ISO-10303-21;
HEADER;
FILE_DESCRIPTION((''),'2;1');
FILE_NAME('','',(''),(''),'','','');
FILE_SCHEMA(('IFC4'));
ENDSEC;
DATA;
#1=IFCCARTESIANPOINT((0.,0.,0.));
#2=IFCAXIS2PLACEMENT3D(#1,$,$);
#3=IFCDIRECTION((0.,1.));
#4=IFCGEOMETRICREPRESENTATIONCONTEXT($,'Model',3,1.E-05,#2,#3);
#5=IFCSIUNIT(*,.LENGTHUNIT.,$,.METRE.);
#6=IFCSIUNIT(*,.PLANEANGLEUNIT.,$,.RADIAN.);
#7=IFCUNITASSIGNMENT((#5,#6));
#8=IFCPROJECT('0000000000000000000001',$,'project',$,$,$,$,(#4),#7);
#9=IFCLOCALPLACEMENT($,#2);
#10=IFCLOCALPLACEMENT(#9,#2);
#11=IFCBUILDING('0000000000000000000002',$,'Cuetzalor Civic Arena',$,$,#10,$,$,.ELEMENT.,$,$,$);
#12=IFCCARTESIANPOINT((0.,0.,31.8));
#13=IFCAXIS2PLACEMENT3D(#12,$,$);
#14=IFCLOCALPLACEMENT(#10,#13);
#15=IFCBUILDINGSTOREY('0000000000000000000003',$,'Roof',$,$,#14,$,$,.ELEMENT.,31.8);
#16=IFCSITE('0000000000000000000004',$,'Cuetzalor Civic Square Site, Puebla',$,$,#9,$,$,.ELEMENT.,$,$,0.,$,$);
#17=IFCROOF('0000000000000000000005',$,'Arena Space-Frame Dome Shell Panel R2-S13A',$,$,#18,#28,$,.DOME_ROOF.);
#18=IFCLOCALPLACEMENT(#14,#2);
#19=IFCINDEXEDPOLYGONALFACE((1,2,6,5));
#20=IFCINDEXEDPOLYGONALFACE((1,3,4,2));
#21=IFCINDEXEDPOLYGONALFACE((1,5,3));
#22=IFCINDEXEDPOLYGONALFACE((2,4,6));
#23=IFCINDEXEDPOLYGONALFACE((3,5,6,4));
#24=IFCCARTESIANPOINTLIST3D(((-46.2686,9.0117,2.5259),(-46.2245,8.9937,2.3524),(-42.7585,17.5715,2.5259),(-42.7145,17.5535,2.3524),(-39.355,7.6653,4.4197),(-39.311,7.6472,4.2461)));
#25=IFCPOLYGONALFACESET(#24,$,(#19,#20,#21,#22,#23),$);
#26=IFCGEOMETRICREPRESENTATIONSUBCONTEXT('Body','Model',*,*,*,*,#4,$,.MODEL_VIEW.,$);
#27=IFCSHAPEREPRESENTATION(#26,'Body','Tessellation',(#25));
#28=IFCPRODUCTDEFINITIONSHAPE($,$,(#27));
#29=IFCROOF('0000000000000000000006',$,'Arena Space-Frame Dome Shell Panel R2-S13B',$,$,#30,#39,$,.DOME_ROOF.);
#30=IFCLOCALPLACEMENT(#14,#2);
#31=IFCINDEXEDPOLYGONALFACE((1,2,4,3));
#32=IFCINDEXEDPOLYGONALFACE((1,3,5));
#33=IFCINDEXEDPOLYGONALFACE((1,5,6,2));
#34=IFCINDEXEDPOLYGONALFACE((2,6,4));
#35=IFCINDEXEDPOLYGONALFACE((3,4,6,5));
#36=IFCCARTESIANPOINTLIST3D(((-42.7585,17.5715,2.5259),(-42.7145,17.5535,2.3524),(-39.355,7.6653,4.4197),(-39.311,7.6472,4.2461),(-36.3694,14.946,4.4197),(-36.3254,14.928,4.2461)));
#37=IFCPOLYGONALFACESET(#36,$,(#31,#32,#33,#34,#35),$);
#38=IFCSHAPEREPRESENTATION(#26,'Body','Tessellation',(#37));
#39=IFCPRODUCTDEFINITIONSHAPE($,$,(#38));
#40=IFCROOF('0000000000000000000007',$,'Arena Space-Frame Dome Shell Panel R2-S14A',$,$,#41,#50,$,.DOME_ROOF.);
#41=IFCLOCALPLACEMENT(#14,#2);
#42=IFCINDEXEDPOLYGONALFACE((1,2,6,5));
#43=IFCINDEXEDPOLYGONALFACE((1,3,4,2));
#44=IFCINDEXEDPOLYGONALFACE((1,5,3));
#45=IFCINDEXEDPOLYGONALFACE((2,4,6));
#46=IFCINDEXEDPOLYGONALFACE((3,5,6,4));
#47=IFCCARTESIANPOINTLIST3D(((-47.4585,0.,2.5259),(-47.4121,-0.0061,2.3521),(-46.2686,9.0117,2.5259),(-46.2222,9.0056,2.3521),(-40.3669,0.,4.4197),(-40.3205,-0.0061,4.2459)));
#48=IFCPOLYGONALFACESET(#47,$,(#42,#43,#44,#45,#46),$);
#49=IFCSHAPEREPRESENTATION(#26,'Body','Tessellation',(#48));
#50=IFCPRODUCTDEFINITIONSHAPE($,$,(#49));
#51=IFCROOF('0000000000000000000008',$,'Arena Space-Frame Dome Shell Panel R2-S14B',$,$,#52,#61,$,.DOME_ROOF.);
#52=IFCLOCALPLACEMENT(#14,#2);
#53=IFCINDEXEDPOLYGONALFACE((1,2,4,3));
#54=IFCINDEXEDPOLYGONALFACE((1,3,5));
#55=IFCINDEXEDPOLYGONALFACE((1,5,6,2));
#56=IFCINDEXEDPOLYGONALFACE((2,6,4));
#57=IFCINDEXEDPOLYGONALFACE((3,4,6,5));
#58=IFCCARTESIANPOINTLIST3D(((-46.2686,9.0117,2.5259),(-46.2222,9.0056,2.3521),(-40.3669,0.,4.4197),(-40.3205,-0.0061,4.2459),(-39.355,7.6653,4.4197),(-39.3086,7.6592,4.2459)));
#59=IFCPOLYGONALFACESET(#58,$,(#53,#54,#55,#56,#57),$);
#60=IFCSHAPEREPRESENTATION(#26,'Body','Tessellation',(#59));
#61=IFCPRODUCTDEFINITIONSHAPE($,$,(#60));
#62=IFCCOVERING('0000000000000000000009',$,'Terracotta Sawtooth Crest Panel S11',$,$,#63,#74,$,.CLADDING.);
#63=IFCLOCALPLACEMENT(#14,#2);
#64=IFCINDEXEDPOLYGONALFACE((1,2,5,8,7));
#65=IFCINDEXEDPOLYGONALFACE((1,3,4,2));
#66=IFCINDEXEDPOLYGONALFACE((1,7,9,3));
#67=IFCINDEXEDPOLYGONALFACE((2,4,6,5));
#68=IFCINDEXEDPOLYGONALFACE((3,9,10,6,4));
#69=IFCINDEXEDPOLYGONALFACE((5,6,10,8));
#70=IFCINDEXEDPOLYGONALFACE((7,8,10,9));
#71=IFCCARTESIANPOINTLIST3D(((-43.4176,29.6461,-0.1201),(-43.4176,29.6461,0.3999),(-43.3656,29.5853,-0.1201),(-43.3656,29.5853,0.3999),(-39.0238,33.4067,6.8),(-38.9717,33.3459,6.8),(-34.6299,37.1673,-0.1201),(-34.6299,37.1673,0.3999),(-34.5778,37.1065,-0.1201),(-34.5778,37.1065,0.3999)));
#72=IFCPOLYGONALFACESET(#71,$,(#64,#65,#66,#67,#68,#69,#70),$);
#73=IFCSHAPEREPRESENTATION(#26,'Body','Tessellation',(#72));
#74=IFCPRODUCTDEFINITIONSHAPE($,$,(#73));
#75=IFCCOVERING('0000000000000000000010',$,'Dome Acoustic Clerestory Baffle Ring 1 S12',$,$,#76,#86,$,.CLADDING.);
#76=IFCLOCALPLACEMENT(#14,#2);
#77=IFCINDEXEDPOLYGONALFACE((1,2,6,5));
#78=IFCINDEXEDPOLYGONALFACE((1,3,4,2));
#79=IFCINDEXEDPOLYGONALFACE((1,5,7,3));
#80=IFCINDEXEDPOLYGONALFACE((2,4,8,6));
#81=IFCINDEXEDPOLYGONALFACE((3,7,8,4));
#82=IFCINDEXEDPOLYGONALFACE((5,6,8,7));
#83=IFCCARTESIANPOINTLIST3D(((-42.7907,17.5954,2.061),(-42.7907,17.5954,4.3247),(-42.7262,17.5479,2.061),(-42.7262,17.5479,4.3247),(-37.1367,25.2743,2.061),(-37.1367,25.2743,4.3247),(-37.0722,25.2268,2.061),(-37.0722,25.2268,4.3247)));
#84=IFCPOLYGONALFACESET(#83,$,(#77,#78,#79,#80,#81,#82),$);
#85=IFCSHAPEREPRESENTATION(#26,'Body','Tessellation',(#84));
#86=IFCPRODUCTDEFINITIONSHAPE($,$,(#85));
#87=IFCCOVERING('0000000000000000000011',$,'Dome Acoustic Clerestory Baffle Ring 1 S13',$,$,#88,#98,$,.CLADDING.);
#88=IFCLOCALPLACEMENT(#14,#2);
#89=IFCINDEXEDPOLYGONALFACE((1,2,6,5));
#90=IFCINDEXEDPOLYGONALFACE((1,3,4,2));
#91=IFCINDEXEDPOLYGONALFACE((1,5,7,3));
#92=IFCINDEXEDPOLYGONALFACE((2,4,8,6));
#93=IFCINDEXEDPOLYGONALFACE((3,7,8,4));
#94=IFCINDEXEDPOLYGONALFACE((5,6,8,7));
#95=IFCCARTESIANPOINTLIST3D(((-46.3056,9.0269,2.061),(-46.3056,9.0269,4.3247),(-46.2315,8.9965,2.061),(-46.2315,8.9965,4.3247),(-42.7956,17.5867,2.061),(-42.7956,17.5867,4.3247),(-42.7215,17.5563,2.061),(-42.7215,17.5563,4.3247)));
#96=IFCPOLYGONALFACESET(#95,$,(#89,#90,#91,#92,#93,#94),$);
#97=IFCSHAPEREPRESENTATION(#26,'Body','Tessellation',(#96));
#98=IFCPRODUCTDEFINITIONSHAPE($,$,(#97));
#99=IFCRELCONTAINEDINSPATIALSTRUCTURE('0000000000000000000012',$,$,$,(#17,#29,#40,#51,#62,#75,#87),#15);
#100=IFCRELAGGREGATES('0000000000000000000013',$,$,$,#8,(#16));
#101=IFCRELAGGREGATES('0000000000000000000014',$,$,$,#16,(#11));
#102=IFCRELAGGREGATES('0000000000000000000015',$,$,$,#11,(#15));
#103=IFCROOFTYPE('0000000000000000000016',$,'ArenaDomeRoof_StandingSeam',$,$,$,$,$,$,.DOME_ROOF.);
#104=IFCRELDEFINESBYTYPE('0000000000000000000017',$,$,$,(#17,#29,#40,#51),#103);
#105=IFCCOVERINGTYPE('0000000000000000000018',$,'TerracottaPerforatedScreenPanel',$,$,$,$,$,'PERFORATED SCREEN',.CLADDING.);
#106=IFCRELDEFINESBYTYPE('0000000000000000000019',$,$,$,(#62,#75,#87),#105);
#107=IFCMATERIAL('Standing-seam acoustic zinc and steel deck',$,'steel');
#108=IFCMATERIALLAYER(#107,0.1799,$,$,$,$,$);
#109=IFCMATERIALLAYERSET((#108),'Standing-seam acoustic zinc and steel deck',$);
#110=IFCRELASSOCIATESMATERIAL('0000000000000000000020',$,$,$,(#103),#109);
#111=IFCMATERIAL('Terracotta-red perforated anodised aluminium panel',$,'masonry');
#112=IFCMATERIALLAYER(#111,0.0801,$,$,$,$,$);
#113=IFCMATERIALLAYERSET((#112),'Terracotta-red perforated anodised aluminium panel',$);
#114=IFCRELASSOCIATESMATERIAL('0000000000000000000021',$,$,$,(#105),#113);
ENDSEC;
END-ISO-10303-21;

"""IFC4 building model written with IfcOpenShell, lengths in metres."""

from ifc_helpers import new_model, si_unit, direction, frame, frame_2d, origin, place, context, subcontext, project, spatial, polyline, rectangle, outline, extrude, material, layer, layer_set, type_object, element, save


model = new_model("IFC4")

# Units and contexts
model_context = context("Model", 3, precision=1e-05, world=origin(), true_north=direction((0.0, 1.0)))
body_context = subcontext(model_context, "Body", "Model", "MODEL_VIEW")
ifc_project = project(units=[si_unit("LENGTHUNIT", "METRE"), si_unit("PLANEANGLEUNIT", "RADIAN")], contexts=[model_context])

# Site, building, storey
site_placement = place(None, origin())
site = spatial("IfcSite", under=ifc_project, at=site_placement, Name="Cuetzalor Civic Square Site, Puebla", CompositionType="ELEMENT", RefElevation=0.0)
building_placement = place(site_placement, origin())
building = spatial("IfcBuilding", under=site, at=building_placement, Name="Cuetzalor Civic Arena", CompositionType="ELEMENT")
storey_placement = place(building_placement, frame((0.0, 0.0, 31.8)))
storey = spatial("IfcBuildingStorey", under=building, at=storey_placement, Name="Roof", CompositionType="ELEMENT", Elevation=31.8)

# Roofs
ifc_material_1 = material(Name="Standing-seam acoustic zinc and steel deck", Category="steel")
ifc_layer_1 = layer(ifc_material_1, 0.1799)
ifc_layer_set_1 = layer_set([ifc_layer_1], Name="Standing-seam acoustic zinc and steel deck")
roof_type = type_object("IfcRoofType", Name="ArenaDomeRoof_StandingSeam", PredefinedType="DOME_ROOF", material=ifc_layer_set_1)
roof_1_placement = place(storey_placement, frame((-42.7585, 17.5715, 2.5259), z_axis=(-0.244639, 0.100316, 0.964411), x_axis=(-0.379398, -0.925233, 0.0)))
element("IfcRoof", 1, at=roof_1_placement, inside=storey, type_object=roof_type, Name="Arena Space-Frame Dome Shell Panel R2-S13A", PredefinedType="DOME_ROOF", context=body_context, shape_type="SweptSolid", body=[
    extrude(outline(polyline([(0.0, 0.0), (9.2515, 0.0), (7.8743, 7.1624), (0.0, 0.0)])), origin(), (0.0, 0.0, -1.0), 0.1799),
])
roof_2_placement = place(storey_placement, frame((-42.7585, 17.5715, 2.5259), z_axis=(-0.244636, 0.100317, 0.964412), x_axis=(0.31975, -0.930648, 0.177914)))
element("IfcRoof", 2, at=roof_2_placement, inside=storey, type_object=roof_type, Name="Arena Space-Frame Dome Shell Panel R2-S13B", PredefinedType="DOME_ROOF", context=body_context, shape_type="SweptSolid", body=[
    extrude(outline(polyline([(0.0, 0.0), (10.6445, 0.0), (4.8233, 5.295), (0.0, 0.0)])), origin(), (0.0, 0.0, -1.0), 0.1799),
])
roof_3_placement = place(storey_placement, frame((-46.2686, 9.0117, 2.5259), z_axis=(-0.257859, 0.034049, 0.965582), x_axis=(-0.130907, -0.991395, 0.0)))
element("IfcRoof", 3, at=roof_3_placement, inside=storey, type_object=roof_type, Name="Arena Space-Frame Dome Shell Panel R2-S14A", PredefinedType="DOME_ROOF", context=body_context, shape_type="SweptSolid", body=[
    extrude(outline(polyline([(0.0, 0.0), (9.0899, 0.0), (8.1616, 7.2811), (0.0, 0.0)])), origin(), (0.0, 0.0, -1.0), 0.1799),
])
roof_4_placement = place(storey_placement, frame((-46.2686, 9.0117, 2.5259), z_axis=(-0.257866, 0.034043, 0.965581), x_axis=(0.539581, -0.823937, 0.173149)))
element("IfcRoof", 4, at=roof_4_placement, inside=storey, type_object=roof_type, Name="Arena Space-Frame Dome Shell Panel R2-S14B", PredefinedType="DOME_ROOF", context=body_context, shape_type="SweptSolid", body=[
    extrude(outline(polyline([(0.0, 0.0), (10.9374, 0.0), (5.1677, 5.147), (0.0, 0.0)])), origin(), (0.0, 0.0, -1.0), 0.1799),
])

# Coverings
ifc_material_2 = material(Name="Terracotta-red perforated anodised aluminium panel", Category="masonry")
ifc_layer_2 = layer(ifc_material_2, 0.0801)
ifc_layer_set_2 = layer_set([ifc_layer_2], Name="Terracotta-red perforated anodised aluminium panel")
covering_type = type_object("IfcCoveringType", Name="TerracottaPerforatedScreenPanel", ElementType="PERFORATED SCREEN", PredefinedType="CLADDING", material=ifc_layer_set_2)
covering_1_placement = place(storey_placement, frame((-43.3916, 29.6157, -0.1201), z_axis=(0.0, 0.0, 1.0), x_axis=(0.759735, 0.650233, 0.0)))
element("IfcCovering", 5, at=covering_1_placement, inside=storey, type_object=covering_type, Name="Terracotta Sawtooth Crest Panel S11", PredefinedType="CLADDING", context=body_context, shape_type="SweptSolid", body=[
    extrude(outline(polyline([(0.0, 0.0), (11.5669, 0.0), (11.5669, 0.52), (5.7834, 6.9202), (0.0, 0.52), (0.0, 0.0)])), frame((0.0, 0.04, 0.0), z_axis=(0.0, -1.0, 0.0), x_axis=(1.0, 0.0, 0.0)), (0.0, 0.0, 1.0), 0.0801),
])
covering_2_placement = place(storey_placement, frame((-42.7585, 17.5715, 2.061), z_axis=(0.0, 0.0, 1.0), x_axis=(0.592919, 0.805262, 0.0)))
element("IfcCovering", 6, at=covering_2_placement, inside=storey, type_object=covering_type, Name="Dome Acoustic Clerestory Baffle Ring 1 S12", PredefinedType="CLADDING", context=body_context, shape_type="SweptSolid", body=[
    extrude(rectangle(XDim=9.5359, YDim=0.0801, at=frame_2d((4.7681, 0.0))), origin(), (0.0, 0.0, 1.0), 2.2637),
])
covering_3_placement = place(storey_placement, frame((-46.2686, 9.0117, 2.061), z_axis=(0.0, 0.0, 1.0), x_axis=(0.379398, 0.925233, 0.0)))
element("IfcCovering", 7, at=covering_3_placement, inside=storey, type_object=covering_type, Name="Dome Acoustic Clerestory Baffle Ring 1 S13", PredefinedType="CLADDING", context=body_context, shape_type="SweptSolid", body=[
    extrude(rectangle(XDim=9.2515, YDim=0.0801, at=frame_2d((4.6257, 0.0))), origin(), (0.0, 0.0, 1.0), 2.2637),
])

save(model, "model.ifc")
